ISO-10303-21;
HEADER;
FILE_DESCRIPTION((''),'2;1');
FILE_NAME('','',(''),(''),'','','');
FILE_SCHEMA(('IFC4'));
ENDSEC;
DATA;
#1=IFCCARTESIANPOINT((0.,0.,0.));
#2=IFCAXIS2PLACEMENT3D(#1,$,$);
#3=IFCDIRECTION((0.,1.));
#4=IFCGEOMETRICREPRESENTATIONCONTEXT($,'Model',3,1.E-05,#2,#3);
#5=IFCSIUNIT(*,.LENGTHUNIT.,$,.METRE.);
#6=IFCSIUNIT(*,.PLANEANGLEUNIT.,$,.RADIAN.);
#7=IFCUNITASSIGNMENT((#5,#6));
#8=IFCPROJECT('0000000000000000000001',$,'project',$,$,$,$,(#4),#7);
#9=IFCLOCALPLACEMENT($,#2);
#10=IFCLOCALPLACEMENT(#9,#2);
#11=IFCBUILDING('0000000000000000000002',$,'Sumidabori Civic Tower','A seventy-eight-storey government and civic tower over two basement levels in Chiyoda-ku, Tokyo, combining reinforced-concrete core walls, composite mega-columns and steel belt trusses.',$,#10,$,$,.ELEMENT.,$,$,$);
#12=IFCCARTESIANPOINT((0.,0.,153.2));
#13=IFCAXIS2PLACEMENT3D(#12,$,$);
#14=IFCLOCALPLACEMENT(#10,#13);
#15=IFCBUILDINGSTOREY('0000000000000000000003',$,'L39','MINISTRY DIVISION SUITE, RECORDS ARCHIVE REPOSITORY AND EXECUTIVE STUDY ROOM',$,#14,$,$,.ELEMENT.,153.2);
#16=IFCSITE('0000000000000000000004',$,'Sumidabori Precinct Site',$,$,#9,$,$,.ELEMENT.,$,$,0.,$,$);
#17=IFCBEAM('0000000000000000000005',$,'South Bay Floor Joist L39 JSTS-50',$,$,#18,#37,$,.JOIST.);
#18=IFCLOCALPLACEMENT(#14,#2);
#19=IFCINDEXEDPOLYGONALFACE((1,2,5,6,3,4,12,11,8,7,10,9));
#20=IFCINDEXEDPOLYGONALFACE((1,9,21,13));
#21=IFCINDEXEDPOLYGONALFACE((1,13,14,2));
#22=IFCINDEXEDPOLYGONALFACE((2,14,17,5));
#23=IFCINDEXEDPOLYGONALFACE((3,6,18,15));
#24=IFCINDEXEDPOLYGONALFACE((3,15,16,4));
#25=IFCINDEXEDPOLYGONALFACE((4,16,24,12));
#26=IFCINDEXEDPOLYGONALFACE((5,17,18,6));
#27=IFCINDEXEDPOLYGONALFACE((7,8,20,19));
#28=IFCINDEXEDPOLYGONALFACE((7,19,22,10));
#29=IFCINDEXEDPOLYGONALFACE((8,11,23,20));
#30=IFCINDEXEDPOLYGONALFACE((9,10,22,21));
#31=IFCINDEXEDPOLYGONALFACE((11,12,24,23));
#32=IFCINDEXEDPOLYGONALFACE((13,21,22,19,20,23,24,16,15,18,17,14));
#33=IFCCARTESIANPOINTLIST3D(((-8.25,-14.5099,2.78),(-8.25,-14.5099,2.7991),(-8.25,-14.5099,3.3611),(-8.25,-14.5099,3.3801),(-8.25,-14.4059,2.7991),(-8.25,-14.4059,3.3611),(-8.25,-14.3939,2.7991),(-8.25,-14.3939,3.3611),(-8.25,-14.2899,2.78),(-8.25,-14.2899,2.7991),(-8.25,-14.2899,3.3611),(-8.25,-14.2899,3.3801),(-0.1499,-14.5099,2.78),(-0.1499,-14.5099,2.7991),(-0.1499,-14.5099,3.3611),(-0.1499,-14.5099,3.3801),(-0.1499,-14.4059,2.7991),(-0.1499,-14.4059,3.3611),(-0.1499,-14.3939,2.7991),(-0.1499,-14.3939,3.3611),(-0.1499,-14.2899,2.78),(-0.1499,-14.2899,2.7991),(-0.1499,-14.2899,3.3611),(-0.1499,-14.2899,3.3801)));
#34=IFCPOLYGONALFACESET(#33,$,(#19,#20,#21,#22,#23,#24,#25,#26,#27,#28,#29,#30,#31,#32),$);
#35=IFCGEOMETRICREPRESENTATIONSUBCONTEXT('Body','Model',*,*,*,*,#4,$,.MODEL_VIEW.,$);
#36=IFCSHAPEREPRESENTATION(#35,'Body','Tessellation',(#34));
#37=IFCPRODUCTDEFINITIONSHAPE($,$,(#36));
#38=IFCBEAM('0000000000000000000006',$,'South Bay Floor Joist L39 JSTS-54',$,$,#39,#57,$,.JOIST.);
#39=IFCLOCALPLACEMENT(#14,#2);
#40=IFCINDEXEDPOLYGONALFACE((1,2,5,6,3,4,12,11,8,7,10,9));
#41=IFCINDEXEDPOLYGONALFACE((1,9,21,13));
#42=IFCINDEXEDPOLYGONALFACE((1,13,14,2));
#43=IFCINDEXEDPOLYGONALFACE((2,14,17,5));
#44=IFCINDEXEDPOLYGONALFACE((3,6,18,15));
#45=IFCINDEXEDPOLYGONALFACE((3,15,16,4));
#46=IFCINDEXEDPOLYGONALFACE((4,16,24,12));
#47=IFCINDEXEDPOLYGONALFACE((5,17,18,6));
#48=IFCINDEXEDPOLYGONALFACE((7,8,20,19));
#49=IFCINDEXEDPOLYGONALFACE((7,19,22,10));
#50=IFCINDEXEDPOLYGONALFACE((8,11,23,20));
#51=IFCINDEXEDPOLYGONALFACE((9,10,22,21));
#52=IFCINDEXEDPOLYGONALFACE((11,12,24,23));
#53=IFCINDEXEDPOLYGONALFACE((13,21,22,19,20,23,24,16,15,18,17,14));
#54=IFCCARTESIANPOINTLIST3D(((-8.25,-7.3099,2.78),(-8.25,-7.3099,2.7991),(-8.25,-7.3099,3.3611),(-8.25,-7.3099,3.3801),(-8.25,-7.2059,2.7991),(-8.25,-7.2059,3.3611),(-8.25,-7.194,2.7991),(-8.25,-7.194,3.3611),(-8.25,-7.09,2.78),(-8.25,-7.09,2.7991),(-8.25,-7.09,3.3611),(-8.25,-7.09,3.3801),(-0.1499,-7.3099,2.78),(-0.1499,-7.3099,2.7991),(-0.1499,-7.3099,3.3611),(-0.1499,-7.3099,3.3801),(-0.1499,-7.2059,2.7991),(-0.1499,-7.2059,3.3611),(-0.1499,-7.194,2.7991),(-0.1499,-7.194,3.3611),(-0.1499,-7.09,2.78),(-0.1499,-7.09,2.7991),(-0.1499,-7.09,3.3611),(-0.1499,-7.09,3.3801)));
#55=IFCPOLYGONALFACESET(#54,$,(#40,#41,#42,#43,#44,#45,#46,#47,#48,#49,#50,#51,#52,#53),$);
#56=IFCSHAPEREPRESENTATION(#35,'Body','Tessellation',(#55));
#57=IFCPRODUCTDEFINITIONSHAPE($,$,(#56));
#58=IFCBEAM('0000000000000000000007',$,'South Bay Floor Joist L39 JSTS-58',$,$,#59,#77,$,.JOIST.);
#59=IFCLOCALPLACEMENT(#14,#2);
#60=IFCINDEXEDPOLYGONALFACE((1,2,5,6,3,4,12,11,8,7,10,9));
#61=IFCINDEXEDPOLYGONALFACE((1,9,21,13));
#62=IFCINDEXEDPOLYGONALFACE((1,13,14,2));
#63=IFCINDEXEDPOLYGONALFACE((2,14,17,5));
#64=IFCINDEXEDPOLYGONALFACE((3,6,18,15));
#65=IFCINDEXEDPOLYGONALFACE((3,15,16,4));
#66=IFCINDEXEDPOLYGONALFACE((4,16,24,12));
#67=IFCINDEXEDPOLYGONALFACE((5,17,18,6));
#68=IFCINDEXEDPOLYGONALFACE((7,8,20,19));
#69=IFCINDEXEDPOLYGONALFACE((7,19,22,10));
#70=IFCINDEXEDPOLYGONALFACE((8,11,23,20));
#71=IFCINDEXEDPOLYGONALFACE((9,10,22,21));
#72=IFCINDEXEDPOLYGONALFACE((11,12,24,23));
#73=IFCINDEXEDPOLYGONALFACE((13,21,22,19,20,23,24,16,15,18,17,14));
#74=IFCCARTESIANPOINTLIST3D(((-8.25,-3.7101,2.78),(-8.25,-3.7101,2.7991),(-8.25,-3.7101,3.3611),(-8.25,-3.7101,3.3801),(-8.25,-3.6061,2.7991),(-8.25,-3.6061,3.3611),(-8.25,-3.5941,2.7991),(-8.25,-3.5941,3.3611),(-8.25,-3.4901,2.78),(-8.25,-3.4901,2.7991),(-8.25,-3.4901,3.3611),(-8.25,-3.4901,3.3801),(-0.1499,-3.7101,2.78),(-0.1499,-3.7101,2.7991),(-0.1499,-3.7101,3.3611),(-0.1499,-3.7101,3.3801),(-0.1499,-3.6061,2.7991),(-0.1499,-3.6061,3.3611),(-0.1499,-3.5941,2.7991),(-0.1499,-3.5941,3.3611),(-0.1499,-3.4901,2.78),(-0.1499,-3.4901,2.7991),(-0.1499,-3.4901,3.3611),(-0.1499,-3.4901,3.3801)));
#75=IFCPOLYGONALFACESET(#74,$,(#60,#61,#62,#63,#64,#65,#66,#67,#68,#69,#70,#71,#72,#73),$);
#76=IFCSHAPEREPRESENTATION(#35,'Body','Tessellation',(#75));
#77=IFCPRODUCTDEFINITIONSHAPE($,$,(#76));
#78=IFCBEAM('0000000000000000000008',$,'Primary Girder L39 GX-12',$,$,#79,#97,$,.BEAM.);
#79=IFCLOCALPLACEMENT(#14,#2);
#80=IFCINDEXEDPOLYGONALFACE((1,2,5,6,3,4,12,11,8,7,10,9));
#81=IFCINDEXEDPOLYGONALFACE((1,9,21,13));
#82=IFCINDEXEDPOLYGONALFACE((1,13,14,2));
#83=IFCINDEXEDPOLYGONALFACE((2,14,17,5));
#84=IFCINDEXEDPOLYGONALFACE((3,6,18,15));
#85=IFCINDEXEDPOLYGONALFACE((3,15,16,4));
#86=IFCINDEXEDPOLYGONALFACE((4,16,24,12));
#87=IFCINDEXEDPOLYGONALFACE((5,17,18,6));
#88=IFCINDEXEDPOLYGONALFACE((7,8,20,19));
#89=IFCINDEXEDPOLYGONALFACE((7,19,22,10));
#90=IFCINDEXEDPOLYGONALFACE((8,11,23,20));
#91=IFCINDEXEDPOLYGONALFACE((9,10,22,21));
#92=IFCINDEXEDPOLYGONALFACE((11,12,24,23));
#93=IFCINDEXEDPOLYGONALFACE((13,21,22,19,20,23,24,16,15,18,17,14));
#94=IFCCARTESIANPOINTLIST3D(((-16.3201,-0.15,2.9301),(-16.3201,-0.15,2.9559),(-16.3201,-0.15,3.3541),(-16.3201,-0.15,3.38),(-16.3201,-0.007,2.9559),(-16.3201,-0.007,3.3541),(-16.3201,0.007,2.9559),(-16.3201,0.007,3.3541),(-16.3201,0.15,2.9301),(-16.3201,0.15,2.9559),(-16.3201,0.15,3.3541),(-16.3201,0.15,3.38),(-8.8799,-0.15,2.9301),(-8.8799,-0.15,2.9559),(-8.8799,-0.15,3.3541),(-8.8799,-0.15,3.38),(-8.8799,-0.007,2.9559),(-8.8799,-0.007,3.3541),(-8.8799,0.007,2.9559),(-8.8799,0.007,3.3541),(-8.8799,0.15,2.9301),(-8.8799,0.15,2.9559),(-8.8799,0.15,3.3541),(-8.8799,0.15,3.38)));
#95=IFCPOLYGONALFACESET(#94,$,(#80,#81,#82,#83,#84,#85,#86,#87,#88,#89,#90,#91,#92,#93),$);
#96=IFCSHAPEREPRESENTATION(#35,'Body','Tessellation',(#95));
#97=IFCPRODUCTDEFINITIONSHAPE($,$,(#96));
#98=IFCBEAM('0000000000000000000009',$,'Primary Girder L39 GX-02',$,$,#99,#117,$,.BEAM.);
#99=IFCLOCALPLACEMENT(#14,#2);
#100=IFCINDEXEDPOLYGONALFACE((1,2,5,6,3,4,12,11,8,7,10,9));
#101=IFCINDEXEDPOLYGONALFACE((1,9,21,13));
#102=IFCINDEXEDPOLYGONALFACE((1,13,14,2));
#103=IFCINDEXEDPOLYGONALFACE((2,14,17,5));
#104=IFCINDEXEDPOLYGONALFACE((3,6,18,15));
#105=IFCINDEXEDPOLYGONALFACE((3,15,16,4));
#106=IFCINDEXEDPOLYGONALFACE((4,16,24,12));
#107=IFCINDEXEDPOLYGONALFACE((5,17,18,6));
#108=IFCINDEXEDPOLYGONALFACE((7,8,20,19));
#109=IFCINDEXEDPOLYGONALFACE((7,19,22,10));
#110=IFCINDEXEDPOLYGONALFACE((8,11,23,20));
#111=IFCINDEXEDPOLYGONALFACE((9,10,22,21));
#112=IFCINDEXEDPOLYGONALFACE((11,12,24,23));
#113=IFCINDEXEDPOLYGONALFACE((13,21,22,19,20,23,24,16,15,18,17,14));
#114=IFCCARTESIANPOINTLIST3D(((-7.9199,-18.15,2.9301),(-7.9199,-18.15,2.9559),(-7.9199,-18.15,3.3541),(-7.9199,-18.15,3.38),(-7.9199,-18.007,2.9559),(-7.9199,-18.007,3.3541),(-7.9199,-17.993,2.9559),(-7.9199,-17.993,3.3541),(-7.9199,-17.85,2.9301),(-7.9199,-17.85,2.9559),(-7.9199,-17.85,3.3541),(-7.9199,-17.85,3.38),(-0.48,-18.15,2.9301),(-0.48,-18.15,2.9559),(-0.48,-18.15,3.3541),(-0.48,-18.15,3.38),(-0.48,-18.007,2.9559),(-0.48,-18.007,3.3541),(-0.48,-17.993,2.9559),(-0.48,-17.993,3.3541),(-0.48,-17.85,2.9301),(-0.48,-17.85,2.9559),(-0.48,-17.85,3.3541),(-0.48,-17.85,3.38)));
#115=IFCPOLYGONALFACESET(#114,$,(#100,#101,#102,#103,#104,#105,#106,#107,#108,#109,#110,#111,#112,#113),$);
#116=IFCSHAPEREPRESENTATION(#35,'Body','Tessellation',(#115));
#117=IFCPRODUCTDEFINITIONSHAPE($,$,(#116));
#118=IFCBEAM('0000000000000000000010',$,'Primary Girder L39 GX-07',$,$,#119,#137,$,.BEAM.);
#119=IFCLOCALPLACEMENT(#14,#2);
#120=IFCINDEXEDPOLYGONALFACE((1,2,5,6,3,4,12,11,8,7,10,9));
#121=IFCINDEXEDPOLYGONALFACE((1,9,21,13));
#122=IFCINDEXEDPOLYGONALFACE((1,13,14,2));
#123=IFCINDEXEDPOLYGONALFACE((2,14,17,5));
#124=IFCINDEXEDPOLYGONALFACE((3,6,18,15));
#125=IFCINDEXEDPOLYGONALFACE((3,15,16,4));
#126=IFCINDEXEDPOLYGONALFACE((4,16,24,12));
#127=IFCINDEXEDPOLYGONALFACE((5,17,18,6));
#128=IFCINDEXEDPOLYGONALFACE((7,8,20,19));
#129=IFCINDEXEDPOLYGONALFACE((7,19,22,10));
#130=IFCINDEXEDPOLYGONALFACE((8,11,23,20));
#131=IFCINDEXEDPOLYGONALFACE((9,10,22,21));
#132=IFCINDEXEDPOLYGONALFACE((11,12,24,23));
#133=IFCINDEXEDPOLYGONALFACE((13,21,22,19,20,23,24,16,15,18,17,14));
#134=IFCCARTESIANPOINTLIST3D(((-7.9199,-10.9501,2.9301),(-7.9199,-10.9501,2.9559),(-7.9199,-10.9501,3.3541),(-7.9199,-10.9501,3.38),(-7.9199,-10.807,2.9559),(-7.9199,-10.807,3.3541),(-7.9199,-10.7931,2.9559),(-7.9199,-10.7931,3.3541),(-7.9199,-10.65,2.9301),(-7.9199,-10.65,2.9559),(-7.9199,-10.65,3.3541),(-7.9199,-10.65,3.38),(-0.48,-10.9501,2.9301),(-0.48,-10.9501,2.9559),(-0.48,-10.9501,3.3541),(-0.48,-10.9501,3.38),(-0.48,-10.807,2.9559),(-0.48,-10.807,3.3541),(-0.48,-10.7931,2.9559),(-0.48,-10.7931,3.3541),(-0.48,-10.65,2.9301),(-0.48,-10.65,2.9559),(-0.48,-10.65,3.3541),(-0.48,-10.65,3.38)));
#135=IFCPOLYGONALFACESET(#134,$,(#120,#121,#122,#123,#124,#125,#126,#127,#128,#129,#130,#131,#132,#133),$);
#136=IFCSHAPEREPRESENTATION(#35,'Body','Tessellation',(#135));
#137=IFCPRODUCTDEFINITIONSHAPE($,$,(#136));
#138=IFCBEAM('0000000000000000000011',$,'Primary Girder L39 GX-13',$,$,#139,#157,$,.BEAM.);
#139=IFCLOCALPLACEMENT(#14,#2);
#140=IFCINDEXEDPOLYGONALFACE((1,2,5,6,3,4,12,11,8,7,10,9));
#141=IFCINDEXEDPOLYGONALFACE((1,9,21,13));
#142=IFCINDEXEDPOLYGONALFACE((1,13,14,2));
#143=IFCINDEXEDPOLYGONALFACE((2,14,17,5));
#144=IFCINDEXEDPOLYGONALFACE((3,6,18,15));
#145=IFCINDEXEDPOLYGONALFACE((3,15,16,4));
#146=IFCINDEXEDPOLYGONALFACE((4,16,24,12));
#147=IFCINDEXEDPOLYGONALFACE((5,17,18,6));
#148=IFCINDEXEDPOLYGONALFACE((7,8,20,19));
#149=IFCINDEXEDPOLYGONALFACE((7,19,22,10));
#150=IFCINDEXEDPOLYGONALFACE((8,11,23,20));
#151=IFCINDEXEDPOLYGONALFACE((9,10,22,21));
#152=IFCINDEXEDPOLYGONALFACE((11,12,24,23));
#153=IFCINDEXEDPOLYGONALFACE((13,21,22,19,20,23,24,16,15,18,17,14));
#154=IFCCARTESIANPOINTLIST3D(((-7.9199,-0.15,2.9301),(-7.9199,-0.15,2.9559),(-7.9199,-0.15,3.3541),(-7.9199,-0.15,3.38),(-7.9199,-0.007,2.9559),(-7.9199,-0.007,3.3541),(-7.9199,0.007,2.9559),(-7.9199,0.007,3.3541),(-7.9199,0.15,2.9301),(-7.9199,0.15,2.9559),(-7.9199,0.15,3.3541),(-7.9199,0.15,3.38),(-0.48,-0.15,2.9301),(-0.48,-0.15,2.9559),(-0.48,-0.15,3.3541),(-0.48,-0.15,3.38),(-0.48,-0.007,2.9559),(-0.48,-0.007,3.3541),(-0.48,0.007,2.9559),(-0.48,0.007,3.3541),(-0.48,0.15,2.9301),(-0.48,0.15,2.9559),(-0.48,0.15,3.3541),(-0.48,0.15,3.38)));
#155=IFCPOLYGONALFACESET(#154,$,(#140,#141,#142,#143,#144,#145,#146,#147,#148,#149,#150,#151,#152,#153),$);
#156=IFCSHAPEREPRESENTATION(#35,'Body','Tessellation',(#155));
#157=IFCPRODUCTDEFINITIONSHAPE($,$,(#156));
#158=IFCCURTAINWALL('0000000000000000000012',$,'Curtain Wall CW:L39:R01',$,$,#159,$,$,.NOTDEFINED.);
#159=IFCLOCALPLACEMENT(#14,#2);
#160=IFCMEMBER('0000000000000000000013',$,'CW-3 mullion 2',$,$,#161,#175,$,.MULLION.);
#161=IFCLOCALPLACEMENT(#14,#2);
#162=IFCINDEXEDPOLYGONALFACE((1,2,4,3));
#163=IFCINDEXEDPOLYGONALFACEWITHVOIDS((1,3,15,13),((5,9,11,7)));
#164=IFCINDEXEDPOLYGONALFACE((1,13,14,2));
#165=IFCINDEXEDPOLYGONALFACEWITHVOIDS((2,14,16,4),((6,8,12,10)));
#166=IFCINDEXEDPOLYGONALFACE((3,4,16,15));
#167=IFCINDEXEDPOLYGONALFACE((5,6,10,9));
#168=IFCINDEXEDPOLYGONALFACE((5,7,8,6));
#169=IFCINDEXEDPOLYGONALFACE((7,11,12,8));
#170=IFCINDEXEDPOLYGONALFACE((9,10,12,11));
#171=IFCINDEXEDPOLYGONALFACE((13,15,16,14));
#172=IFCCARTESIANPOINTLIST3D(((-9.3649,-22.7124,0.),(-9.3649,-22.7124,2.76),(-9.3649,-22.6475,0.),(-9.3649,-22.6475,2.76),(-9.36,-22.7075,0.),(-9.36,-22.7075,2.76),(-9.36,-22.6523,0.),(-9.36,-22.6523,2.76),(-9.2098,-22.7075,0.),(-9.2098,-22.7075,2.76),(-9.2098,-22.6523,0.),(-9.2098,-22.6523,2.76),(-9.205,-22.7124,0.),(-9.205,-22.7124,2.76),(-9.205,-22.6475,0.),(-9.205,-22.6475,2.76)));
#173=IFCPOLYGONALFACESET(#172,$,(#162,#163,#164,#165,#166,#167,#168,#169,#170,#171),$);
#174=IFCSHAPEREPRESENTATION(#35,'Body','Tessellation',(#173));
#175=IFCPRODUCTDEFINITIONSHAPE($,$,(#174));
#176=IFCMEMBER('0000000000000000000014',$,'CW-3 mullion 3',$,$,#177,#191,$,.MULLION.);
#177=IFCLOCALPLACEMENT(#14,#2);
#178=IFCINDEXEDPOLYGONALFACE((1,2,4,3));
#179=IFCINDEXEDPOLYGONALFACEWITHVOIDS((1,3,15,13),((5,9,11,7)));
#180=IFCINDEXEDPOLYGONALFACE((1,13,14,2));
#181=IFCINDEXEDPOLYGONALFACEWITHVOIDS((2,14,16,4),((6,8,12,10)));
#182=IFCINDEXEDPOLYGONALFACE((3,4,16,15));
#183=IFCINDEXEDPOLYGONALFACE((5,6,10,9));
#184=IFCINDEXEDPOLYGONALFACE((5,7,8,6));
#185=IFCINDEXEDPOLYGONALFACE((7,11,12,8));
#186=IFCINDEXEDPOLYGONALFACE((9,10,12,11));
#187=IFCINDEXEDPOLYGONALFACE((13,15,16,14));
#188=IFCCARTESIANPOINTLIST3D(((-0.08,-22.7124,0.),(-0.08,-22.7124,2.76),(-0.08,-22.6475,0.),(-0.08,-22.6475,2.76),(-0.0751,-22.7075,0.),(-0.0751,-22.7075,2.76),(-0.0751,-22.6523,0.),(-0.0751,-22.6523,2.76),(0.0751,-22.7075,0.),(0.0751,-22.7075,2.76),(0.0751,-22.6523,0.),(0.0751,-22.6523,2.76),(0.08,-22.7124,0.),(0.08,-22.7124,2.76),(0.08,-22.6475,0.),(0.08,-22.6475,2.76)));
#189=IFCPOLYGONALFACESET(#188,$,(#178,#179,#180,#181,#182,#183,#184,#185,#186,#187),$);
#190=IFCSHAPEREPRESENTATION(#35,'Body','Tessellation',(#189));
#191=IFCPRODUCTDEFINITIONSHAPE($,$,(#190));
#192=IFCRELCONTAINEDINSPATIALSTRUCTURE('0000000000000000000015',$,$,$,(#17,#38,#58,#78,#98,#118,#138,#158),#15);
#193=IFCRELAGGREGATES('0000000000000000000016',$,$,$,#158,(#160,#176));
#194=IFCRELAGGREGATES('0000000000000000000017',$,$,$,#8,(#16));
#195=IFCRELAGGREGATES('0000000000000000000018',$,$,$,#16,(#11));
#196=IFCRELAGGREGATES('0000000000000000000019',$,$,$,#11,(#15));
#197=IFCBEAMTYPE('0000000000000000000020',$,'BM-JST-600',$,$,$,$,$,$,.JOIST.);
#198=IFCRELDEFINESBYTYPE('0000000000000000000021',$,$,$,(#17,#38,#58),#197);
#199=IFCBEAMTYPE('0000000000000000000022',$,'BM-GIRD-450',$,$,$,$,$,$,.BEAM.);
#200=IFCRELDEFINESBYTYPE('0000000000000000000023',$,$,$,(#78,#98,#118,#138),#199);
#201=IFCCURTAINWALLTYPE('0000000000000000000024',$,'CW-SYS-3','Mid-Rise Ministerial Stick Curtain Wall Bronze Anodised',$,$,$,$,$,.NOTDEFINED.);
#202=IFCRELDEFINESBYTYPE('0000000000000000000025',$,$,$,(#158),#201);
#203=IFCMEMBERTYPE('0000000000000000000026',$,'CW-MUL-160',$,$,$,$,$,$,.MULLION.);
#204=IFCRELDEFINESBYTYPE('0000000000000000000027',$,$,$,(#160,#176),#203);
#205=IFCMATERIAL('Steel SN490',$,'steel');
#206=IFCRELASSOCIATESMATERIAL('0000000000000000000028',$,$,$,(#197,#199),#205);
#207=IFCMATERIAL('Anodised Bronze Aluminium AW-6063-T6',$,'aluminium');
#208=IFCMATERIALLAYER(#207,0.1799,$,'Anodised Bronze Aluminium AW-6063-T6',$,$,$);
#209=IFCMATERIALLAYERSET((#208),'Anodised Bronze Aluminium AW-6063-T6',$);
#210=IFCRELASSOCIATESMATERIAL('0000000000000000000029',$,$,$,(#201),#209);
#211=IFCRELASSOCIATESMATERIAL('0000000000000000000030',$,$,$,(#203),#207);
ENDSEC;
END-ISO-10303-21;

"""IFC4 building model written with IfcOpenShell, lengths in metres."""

from ifc_helpers import new_model, si_unit, direction, frame, origin, origin_2d, place, context, subcontext, project, spatial, hollow_rectangle, i_section, extrude, source, transform, mapped, material, layer, layer_set, material_profile, profile_set, type_object, element, aggregate, save


model = new_model("IFC4")

# Units and contexts
model_context = context("Model", 3, precision=1e-05, world=origin(), true_north=direction((0.0, 1.0)))
body_context = subcontext(model_context, "Body", "Model", "MODEL_VIEW")
ifc_project = project(units=[si_unit("LENGTHUNIT", "METRE"), si_unit("PLANEANGLEUNIT", "RADIAN")], contexts=[model_context])

# Site, building, storey
site_placement = place(None, origin())
site = spatial("IfcSite", under=ifc_project, at=site_placement, Name="Sumidabori Precinct Site", CompositionType="ELEMENT", RefElevation=0.0)
building_placement = place(site_placement, origin())
building = spatial("IfcBuilding", under=site, at=building_placement, Name="Sumidabori Civic Tower", Description="A seventy-eight-storey government and civic tower over two basement levels in Chiyoda-ku, Tokyo, combining reinforced-concrete core walls, composite mega-columns and steel belt trusses.", CompositionType="ELEMENT")
storey_placement = place(building_placement, frame((0.0, 0.0, 153.2)))
storey = spatial("IfcBuildingStorey", under=building, at=storey_placement, Name="L39", Description="MINISTRY DIVISION SUITE, RECORDS ARCHIVE REPOSITORY AND EXECUTIVE STUDY ROOM", CompositionType="ELEMENT", Elevation=153.2)

# Beams
ifc_material_1 = material(Name="Steel SN490", Category="steel")
ifc_material_profile_1 = material_profile(ifc_material_1, i_section(OverallWidth=0.22, OverallDepth=0.6001, WebThickness=0.012, FlangeThickness=0.019, at=origin_2d()), Name="IPE 600")
ifc_profile_set_1 = profile_set([ifc_material_profile_1], Name="Steel SN490")
beam_type_1 = type_object("IfcBeamType", Name="BM-JST-600", PredefinedType="JOIST", material=ifc_profile_set_1)
shared_shape_1 = source(origin(), body_context, "Body", "SweptSolid", [
    extrude(i_section(OverallWidth=0.22, OverallDepth=0.6001, WebThickness=0.012, FlangeThickness=0.019, at=origin_2d()), origin(), (0.0, 0.0, 1.0), 8.1001),
])
for number, where, z_axis, x_axis, name in (
    (1, (-8.25, -14.3999, 3.0801), (1.0, 0.0, 0.0), (0.0, 1.0, 0.0), "South Bay Floor Joist L39 JSTS-50"),
    (2, (-8.25, -7.2, 3.0801), (1.0, 0.0, 0.0), (0.0, 1.0, 0.0), "South Bay Floor Joist L39 JSTS-54"),
    (3, (-8.25, -3.6001, 3.0801), (1.0, 0.0, 0.0), (0.0, 1.0, 0.0), "South Bay Floor Joist L39 JSTS-58"),
):
    element("IfcBeam", number, at=place(storey_placement, frame(where, z_axis=z_axis, x_axis=x_axis)), inside=storey, type_object=beam_type_1, Name=name, PredefinedType="JOIST", context=body_context, shape_type="MappedRepresentation", body=[
        mapped(shared_shape_1, transform((0.0, 0.0, 0.0), x_axis=(1.0, 0.0, 0.0), y_axis=(0.0, 1.0, 0.0), z_axis=(0.0, 0.0, 1.0), scale=1.0)),
    ])
ifc_material_profile_2 = material_profile(ifc_material_1, i_section(OverallWidth=0.3, OverallDepth=0.45, WebThickness=0.0139, FlangeThickness=0.0259, at=origin_2d()), Name="HE 450 B")
ifc_profile_set_2 = profile_set([ifc_material_profile_2], Name="Steel SN490")
beam_type_2 = type_object("IfcBeamType", Name="BM-GIRD-450", PredefinedType="BEAM", material=ifc_profile_set_2)
shared_shape_2 = source(origin(), body_context, "Body", "SweptSolid", [
    extrude(i_section(OverallWidth=0.3, OverallDepth=0.45, WebThickness=0.0139, FlangeThickness=0.0259, at=origin_2d()), origin(), (0.0, 0.0, 1.0), 7.4402),
])
beam_placement = place(storey_placement, frame((-16.3201, 0.0, 3.155), z_axis=(1.0, 0.0, 0.0), x_axis=(0.0, 1.0, 0.0)))
element("IfcBeam", 4, at=beam_placement, inside=storey, type_object=beam_type_2, Name="Primary Girder L39 GX-12", PredefinedType="BEAM", context=body_context, shape_type="MappedRepresentation", body=[
    mapped(shared_shape_2, transform((0.0, 0.0, 0.0), x_axis=(1.0, 0.0, 0.0), y_axis=(0.0, 1.0, 0.0), z_axis=(0.0, 0.0, 1.0), scale=1.0)),
])
shared_shape_3 = source(origin(), body_context, "Body", "SweptSolid", [
    extrude(i_section(OverallWidth=0.3, OverallDepth=0.45, WebThickness=0.0139, FlangeThickness=0.0259, at=origin_2d()), origin(), (0.0, 0.0, 1.0), 7.4399),
])
for number, where, z_axis, x_axis, name in (
    (5, (-7.9199, -18.0, 3.155), (1.0, 0.0, 0.0), (0.0, 1.0, 0.0), "Primary Girder L39 GX-02"),
    (6, (-7.9199, -10.8, 3.155), (1.0, 0.0, 0.0), (0.0, 1.0, 0.0), "Primary Girder L39 GX-07"),
    (7, (-7.9199, 0.0, 3.155), (1.0, 0.0, 0.0), (0.0, 1.0, 0.0), "Primary Girder L39 GX-13"),
):
    element("IfcBeam", number, at=place(storey_placement, frame(where, z_axis=z_axis, x_axis=x_axis)), inside=storey, type_object=beam_type_2, Name=name, PredefinedType="BEAM", context=body_context, shape_type="MappedRepresentation", body=[
        mapped(shared_shape_3, transform((0.0, 0.0, 0.0), x_axis=(1.0, 0.0, 0.0), y_axis=(0.0, 1.0, 0.0), z_axis=(0.0, 0.0, 1.0), scale=1.0)),
    ])

# Curtain wall, members
ifc_material_2 = material(Name="Anodised Bronze Aluminium AW-6063-T6", Category="aluminium")
ifc_layer_1 = layer(ifc_material_2, 0.1799, Name="Anodised Bronze Aluminium AW-6063-T6")
ifc_layer_set_1 = layer_set([ifc_layer_1], Name="Anodised Bronze Aluminium AW-6063-T6")
curtain_wall_type = type_object("IfcCurtainWallType", Name="CW-SYS-3", Description="Mid-Rise Ministerial Stick Curtain Wall Bronze Anodised", PredefinedType="NOTDEFINED", material=ifc_layer_set_1)
curtain_wall_placement = place(storey_placement, origin())
curtain_wall = element("IfcCurtainWall", 8, at=curtain_wall_placement, inside=storey, type_object=curtain_wall_type, Name="Curtain Wall CW:L39:R01", PredefinedType="NOTDEFINED")
ifc_material_profile_3 = material_profile(ifc_material_2, hollow_rectangle(XDim=0.0649, YDim=0.1599, WallThickness=0.0049, at=origin_2d()), Name="ALU MULLION 160x65")
ifc_profile_set_3 = profile_set([ifc_material_profile_3], Name="Anodised Bronze Aluminium AW-6063-T6")
member_type_1 = type_object("IfcMemberType", Name="CW-MUL-160", PredefinedType="MULLION", material=ifc_profile_set_3)
shared_shape_4 = source(origin(), body_context, "Body", "SweptSolid", [
    extrude(hollow_rectangle(XDim=0.0649, YDim=0.1599, WallThickness=0.0049, at=origin_2d()), origin(), (0.0, 0.0, 1.0), 2.76),
])
member_1_placement = place(storey_placement, frame((-9.2849, -22.6799, 0.0), z_axis=(0.0, 0.0, 1.0), x_axis=(0.0, 1.0, 0.0)))
member_1 = element("IfcMember", 9, at=member_1_placement, type_object=member_type_1, Name="CW-3 mullion 2", PredefinedType="MULLION", context=body_context, shape_type="MappedRepresentation", body=[
    mapped(shared_shape_4, transform((0.0, 0.0, 0.0), x_axis=(1.0, 0.0, 0.0), y_axis=(0.0, 1.0, 0.0), z_axis=(0.0, 0.0, 1.0), scale=1.0)),
])
member_2_placement = place(storey_placement, frame((0.0, -22.6799, 0.0), z_axis=(0.0, 0.0, 1.0), x_axis=(0.0, 1.0, 0.0)))
member_2 = element("IfcMember", 10, at=member_2_placement, type_object=member_type_1, Name="CW-3 mullion 3", PredefinedType="MULLION", context=body_context, shape_type="MappedRepresentation", body=[
    mapped(shared_shape_4, transform((0.0, 0.0, 0.0), x_axis=(1.0, 0.0, 0.0), y_axis=(0.0, 1.0, 0.0), z_axis=(0.0, 0.0, 1.0), scale=1.0)),
])

aggregate(curtain_wall, [member_1, member_2])

save(model, "model.ifc")
